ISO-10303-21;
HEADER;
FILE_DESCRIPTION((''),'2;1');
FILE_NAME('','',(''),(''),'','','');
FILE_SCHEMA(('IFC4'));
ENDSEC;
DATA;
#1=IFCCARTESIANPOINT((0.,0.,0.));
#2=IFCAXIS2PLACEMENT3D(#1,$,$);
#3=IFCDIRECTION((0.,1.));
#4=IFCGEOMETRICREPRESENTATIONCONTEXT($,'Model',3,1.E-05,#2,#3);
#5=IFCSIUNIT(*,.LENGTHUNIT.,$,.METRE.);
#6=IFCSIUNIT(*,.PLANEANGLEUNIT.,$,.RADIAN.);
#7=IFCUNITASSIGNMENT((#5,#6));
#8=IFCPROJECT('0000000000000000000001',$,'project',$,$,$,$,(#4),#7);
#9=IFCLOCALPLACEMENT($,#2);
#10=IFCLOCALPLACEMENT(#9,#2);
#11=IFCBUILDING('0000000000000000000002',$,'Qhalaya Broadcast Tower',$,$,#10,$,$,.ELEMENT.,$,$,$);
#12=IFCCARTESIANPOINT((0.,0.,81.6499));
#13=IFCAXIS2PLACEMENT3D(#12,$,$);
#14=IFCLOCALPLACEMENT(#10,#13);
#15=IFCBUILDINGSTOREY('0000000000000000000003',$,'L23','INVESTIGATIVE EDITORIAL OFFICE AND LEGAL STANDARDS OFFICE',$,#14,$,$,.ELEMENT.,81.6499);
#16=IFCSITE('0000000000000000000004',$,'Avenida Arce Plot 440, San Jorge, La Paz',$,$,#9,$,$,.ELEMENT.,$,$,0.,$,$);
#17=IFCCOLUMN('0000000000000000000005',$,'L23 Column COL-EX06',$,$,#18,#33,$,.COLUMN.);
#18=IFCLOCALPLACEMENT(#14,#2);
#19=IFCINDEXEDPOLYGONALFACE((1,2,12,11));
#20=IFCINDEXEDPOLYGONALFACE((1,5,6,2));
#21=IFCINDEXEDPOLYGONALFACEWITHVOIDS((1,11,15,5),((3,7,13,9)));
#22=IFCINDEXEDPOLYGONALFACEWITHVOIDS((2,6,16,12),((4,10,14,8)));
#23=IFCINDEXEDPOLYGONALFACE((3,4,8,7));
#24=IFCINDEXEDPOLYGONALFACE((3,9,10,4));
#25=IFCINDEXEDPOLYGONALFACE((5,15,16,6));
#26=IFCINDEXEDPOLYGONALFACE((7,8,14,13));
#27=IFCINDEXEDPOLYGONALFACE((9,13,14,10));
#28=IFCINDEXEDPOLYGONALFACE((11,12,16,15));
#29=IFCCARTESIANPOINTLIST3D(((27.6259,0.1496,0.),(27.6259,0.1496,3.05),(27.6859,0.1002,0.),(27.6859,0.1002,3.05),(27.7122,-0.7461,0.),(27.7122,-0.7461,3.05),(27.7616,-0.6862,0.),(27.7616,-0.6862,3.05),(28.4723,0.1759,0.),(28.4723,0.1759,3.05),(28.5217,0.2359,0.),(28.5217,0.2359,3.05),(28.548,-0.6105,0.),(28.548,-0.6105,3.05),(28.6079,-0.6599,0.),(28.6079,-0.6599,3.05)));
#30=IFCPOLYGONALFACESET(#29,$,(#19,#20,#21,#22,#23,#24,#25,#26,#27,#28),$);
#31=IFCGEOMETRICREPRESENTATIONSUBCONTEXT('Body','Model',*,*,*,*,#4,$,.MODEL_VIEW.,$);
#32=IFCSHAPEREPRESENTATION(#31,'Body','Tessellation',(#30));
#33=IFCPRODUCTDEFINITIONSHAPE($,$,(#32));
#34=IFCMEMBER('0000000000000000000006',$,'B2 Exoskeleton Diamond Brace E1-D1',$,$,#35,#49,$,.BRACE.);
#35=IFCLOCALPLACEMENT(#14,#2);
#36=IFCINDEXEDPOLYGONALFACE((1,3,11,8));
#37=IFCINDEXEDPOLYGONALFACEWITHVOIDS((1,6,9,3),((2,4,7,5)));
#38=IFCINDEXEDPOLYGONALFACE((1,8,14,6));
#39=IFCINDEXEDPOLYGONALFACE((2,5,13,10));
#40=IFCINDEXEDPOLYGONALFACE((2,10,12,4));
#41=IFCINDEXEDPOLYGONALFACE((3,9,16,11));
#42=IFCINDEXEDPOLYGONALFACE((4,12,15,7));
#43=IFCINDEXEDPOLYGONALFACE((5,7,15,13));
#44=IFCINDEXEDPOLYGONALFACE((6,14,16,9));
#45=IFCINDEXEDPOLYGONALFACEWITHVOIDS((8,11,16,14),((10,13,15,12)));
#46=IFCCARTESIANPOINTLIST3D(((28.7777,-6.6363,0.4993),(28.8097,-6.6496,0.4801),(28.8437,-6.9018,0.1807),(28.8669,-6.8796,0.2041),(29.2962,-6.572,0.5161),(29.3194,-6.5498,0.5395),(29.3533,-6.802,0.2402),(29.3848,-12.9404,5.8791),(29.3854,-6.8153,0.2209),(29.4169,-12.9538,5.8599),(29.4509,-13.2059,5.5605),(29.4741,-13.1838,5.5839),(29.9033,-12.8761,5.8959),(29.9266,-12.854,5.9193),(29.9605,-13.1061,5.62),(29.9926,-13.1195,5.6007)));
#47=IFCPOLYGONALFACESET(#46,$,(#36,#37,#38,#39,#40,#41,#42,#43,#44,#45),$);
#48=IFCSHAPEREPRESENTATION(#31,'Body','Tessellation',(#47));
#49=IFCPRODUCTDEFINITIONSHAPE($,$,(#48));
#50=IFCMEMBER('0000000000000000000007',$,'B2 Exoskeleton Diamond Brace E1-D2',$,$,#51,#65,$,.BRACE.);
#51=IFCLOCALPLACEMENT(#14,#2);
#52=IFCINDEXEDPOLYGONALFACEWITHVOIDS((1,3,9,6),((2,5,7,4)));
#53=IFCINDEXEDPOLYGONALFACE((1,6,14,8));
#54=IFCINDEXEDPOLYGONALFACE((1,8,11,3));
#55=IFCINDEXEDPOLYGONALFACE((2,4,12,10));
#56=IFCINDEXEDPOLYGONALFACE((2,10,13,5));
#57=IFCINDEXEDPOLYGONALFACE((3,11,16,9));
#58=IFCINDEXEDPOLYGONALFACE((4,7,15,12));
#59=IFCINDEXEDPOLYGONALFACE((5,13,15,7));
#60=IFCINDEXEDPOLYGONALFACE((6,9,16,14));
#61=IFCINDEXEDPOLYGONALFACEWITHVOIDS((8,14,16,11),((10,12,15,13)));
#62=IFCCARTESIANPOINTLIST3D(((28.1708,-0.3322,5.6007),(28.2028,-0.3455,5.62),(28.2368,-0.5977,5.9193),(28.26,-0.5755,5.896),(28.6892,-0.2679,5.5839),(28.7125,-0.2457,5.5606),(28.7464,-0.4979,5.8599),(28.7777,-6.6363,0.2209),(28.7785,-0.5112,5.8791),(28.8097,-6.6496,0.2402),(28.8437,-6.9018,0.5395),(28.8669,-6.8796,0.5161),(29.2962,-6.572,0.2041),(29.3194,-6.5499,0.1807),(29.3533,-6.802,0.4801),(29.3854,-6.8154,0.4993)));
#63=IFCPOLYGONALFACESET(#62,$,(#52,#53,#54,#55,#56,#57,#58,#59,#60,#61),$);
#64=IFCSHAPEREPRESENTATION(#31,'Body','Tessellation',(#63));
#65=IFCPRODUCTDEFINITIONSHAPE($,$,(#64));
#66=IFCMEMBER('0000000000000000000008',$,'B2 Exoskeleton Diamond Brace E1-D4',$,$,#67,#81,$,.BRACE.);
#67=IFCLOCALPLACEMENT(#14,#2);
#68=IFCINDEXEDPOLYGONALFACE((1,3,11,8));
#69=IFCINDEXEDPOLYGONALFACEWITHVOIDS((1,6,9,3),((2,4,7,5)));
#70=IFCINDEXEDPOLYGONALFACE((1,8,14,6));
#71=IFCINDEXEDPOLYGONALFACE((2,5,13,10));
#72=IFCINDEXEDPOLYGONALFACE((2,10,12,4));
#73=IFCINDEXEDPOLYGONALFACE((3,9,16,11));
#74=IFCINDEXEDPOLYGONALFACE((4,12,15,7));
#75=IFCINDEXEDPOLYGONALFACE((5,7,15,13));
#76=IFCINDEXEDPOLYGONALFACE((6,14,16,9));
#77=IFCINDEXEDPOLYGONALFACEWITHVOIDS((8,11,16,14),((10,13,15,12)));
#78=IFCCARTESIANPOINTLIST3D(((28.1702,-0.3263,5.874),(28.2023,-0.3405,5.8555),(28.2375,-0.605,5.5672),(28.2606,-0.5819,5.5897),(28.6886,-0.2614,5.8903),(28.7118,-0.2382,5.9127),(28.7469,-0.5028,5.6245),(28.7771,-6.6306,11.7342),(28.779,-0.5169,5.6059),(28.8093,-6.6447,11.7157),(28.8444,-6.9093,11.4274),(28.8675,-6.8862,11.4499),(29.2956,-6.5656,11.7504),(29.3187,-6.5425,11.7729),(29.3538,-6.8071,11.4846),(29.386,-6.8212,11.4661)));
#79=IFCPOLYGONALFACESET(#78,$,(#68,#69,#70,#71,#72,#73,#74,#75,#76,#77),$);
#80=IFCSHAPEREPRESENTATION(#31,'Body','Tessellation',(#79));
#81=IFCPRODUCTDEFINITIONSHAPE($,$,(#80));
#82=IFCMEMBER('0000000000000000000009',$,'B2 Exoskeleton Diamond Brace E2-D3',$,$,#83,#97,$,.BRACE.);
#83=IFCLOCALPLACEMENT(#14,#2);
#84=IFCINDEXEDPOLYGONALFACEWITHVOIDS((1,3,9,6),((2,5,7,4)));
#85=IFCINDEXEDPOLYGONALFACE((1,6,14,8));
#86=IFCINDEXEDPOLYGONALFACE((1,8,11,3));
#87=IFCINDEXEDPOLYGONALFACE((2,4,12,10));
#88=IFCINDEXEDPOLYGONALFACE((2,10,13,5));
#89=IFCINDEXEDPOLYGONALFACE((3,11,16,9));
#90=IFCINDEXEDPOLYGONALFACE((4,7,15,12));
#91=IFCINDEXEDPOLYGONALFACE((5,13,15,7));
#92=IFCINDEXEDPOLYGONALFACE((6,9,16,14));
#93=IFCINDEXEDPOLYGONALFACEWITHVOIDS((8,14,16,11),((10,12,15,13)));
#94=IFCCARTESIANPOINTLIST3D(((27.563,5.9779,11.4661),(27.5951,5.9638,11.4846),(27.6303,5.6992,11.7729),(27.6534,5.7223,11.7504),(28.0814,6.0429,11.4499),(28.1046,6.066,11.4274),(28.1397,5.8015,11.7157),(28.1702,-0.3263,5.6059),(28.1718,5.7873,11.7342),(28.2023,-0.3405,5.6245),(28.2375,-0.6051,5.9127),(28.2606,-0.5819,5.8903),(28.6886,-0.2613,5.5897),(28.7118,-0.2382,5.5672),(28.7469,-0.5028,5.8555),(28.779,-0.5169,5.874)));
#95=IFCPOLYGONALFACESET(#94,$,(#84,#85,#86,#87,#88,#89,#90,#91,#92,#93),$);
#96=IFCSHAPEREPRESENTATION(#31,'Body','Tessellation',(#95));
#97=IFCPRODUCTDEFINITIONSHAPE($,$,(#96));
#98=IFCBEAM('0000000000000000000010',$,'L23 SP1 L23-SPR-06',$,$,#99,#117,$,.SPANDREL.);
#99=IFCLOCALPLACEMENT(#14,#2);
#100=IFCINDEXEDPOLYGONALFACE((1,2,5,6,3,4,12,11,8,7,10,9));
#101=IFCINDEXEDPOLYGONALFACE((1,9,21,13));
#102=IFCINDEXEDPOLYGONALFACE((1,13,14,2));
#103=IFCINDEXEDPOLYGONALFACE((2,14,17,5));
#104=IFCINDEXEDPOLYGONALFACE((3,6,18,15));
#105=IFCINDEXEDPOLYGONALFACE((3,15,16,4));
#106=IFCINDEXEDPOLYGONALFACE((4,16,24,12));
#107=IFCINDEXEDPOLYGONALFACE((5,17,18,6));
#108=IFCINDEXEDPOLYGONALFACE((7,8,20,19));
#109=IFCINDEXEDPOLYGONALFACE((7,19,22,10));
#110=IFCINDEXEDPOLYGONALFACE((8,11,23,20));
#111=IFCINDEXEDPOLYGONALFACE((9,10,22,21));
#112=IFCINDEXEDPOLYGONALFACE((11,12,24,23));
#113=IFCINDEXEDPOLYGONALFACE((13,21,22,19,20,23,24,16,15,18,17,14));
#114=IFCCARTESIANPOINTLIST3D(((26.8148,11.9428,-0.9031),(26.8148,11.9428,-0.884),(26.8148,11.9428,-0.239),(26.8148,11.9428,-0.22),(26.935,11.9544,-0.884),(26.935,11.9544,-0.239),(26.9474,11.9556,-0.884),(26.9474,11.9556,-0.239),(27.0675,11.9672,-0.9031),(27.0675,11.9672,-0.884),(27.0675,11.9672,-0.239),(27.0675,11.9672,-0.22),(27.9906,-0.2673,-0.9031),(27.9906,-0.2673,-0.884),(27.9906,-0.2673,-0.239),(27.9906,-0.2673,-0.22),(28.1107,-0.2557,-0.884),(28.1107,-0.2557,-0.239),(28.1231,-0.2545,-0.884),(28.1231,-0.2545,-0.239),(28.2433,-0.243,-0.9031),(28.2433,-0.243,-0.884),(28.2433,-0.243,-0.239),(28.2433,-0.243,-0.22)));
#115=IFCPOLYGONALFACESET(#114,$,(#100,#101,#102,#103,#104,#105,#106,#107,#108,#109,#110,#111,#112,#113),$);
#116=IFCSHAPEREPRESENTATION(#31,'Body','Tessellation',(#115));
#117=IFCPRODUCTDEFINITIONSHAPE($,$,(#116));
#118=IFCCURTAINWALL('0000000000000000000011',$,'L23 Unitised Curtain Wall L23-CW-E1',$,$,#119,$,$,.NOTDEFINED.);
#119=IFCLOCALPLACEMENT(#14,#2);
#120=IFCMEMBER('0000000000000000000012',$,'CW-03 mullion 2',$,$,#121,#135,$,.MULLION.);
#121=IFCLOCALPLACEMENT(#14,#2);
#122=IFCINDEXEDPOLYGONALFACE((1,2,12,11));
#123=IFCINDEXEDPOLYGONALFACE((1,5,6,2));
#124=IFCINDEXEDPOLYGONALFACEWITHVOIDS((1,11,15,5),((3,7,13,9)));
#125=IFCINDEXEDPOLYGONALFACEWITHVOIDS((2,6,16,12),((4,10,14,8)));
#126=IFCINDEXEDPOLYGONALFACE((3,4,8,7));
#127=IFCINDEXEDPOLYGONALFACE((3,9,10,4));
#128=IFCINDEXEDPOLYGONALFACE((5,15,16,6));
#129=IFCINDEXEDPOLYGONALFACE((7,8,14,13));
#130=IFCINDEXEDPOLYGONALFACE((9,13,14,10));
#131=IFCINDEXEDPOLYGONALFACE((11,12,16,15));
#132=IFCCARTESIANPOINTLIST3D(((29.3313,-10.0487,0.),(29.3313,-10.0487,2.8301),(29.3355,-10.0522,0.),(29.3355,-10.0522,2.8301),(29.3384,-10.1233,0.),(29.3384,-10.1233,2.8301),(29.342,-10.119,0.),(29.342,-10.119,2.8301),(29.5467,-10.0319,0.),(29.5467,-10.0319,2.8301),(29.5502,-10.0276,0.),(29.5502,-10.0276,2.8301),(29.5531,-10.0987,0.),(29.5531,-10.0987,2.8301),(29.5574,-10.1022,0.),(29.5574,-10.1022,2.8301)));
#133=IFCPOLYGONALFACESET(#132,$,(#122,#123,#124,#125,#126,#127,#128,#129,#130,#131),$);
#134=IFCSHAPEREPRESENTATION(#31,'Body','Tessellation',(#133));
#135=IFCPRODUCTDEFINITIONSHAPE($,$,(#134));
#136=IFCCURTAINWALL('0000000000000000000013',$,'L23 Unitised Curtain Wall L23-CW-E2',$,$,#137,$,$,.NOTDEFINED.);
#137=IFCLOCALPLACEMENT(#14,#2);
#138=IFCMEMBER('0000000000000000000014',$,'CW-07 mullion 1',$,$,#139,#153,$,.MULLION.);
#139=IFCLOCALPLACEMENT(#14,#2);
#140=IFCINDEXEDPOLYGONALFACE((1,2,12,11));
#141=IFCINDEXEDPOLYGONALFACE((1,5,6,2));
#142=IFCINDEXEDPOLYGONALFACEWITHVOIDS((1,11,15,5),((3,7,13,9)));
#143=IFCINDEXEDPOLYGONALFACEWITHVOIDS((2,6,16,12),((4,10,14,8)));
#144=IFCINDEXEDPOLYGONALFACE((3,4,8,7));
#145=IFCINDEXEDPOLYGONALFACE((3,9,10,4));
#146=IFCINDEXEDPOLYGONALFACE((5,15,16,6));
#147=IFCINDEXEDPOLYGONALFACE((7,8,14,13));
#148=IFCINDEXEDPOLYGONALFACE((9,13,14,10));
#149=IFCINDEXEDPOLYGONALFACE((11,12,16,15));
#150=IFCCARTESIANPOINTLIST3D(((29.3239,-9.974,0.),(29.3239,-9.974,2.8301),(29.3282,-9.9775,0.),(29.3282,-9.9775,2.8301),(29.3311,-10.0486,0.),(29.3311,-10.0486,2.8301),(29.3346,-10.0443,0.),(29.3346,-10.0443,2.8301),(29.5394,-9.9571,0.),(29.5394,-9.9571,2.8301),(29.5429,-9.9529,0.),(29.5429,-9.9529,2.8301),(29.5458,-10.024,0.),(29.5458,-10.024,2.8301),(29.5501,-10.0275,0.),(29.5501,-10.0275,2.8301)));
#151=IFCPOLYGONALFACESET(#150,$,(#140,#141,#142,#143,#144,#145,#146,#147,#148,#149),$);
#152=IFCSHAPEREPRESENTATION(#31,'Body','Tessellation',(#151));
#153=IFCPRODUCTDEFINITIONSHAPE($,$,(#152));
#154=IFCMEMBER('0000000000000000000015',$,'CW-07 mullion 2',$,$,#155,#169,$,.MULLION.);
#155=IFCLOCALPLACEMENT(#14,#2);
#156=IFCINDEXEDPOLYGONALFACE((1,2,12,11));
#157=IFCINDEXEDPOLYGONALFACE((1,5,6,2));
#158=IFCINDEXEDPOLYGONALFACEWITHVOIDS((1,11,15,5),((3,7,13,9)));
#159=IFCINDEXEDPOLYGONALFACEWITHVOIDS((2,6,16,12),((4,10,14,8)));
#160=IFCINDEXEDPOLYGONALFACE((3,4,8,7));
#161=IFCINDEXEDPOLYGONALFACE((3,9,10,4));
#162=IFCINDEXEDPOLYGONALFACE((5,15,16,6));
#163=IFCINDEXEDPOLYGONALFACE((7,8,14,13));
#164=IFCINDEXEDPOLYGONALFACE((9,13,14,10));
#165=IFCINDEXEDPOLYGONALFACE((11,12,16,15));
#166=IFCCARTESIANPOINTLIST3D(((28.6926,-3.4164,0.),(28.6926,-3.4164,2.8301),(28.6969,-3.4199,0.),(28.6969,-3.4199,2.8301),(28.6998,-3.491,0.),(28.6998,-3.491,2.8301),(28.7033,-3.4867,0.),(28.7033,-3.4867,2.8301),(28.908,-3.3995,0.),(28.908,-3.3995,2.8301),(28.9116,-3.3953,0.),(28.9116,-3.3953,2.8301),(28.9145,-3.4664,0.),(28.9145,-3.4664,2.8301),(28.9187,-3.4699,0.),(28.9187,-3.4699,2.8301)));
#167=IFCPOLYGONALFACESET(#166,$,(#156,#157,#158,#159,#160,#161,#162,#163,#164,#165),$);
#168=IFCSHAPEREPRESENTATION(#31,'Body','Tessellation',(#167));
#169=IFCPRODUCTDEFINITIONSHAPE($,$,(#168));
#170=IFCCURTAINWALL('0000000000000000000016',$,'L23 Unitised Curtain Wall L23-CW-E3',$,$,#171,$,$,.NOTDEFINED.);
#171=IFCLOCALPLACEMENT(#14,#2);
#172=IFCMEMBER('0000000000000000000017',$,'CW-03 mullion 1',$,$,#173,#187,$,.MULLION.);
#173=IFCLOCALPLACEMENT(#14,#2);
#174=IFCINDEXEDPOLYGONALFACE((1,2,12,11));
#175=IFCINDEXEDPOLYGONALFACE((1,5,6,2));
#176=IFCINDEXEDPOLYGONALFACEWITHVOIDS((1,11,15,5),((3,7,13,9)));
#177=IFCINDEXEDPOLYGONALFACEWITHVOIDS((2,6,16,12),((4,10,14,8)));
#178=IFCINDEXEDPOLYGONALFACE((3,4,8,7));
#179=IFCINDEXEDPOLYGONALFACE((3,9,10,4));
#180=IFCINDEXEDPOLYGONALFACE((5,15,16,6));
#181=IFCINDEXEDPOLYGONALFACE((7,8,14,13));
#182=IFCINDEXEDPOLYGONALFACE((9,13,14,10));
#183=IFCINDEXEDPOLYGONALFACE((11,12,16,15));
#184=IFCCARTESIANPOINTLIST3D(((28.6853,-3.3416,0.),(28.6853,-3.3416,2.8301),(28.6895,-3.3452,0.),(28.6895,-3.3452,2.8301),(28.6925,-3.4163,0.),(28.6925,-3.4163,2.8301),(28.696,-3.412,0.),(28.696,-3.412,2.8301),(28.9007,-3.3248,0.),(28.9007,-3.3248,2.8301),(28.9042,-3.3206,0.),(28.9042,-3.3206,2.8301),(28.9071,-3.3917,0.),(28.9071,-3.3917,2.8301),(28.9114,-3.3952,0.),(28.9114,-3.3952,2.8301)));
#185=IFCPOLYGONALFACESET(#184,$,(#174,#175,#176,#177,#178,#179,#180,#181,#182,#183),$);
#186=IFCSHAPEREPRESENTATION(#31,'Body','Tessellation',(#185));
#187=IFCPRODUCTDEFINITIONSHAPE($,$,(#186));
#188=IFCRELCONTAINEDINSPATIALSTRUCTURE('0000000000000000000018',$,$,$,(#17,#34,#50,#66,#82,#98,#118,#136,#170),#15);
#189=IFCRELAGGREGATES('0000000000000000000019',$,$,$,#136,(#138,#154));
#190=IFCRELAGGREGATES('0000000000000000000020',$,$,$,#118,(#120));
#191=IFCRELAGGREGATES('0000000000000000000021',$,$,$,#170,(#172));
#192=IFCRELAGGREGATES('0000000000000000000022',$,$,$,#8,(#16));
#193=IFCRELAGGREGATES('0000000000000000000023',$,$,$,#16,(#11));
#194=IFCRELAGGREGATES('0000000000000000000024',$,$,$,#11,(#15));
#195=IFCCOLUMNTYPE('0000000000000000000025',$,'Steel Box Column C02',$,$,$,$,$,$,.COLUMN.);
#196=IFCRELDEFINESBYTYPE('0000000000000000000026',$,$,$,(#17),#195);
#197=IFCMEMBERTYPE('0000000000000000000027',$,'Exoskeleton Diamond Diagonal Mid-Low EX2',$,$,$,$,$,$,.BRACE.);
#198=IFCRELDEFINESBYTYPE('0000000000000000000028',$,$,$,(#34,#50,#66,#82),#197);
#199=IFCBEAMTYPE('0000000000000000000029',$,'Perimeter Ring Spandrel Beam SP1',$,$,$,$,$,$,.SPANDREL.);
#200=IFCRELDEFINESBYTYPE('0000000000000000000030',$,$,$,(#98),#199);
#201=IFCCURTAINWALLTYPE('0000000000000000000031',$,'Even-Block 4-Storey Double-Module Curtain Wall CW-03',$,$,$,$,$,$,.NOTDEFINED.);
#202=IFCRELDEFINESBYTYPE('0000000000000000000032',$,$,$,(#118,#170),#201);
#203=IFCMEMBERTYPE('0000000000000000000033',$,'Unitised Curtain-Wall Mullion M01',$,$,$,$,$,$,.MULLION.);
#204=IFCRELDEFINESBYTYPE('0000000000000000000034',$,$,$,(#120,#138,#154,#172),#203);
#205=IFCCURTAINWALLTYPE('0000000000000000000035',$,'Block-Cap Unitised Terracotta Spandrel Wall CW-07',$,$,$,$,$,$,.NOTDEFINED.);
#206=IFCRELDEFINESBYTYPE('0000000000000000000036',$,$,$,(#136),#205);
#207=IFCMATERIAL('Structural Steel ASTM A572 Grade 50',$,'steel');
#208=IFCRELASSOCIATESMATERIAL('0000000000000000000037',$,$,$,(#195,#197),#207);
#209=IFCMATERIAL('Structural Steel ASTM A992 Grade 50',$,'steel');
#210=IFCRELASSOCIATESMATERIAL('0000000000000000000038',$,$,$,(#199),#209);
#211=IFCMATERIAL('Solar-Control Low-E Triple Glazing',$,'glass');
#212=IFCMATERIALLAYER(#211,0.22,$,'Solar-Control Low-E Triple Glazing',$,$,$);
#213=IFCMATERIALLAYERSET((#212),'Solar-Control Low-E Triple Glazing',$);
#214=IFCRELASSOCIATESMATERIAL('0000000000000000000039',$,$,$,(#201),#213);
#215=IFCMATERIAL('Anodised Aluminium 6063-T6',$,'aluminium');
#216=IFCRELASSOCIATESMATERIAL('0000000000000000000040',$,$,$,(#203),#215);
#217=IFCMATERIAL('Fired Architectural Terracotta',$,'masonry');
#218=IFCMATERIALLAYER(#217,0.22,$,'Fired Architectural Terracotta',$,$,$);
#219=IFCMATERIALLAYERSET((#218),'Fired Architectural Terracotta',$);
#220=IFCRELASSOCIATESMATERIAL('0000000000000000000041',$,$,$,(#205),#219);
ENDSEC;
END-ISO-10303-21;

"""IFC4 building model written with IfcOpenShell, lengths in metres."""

from ifc_helpers import new_model, si_unit, direction, frame, origin, origin_2d, place, context, subcontext, project, spatial, hollow_rectangle, i_section, extrude, material, layer, layer_set, material_profile, profile_set, type_object, element, aggregate, save


model = new_model("IFC4")

# Units and contexts
model_context = context("Model", 3, precision=1e-05, world=origin(), true_north=direction((0.0, 1.0)))
body_context = subcontext(model_context, "Body", "Model", "MODEL_VIEW")
ifc_project = project(units=[si_unit("LENGTHUNIT", "METRE"), si_unit("PLANEANGLEUNIT", "RADIAN")], contexts=[model_context])

# Site, building, storey
site_placement = place(None, origin())
site = spatial("IfcSite", under=ifc_project, at=site_placement, Name="Avenida Arce Plot 440, San Jorge, La Paz", CompositionType="ELEMENT", RefElevation=0.0)
building_placement = place(site_placement, origin())
building = spatial("IfcBuilding", under=site, at=building_placement, Name="Qhalaya Broadcast Tower", CompositionType="ELEMENT")
storey_placement = place(building_placement, frame((0.0, 0.0, 81.6499)))
storey = spatial("IfcBuildingStorey", under=building, at=storey_placement, Name="L23", Description="INVESTIGATIVE EDITORIAL OFFICE AND LEGAL STANDARDS OFFICE", CompositionType="ELEMENT", Elevation=81.6499)

# Column
ifc_material_1 = material(Name="Structural Steel ASTM A572 Grade 50", Category="steel")
ifc_material_profile_1 = material_profile(ifc_material_1, hollow_rectangle(XDim=0.8999, YDim=0.8999, WallThickness=0.0549, at=origin_2d()), Name="BOX 900x900x55")
ifc_profile_set_1 = profile_set([ifc_material_profile_1], Name="Structural Steel ASTM A572 Grade 50")
column_type = type_object("IfcColumnType", Name="Steel Box Column C02", PredefinedType="COLUMN", material=ifc_profile_set_1)
column_placement = place(storey_placement, frame((28.1169, -0.2551, 0.0), z_axis=(0.0, 0.0, 1.0), x_axis=(-0.095846, 0.995396, 0.0)))
element("IfcColumn", 1, at=column_placement, inside=storey, type_object=column_type, Name="L23 Column COL-EX06", PredefinedType="COLUMN", context=body_context, shape_type="SweptSolid", body=[
    extrude(hollow_rectangle(XDim=0.8999, YDim=0.8999, WallThickness=0.0549, at=origin_2d()), origin(), (0.0, 0.0, 1.0), 3.05),
])

# Members
ifc_material_profile_2 = material_profile(ifc_material_1, hollow_rectangle(XDim=0.4199, YDim=0.55, WallThickness=0.0281, at=origin_2d()), Name="BOX 420x550x28")
ifc_profile_set_2 = profile_set([ifc_material_profile_2], Name="Structural Steel ASTM A572 Grade 50")
member_type_1 = type_object("IfcMemberType", Name="Exoskeleton Diamond Diagonal Mid-Low EX2", PredefinedType="BRACE", material=ifc_profile_set_2)
for number, where, z_axis, x_axis, name in (
    (2, (29.0815, -6.7258, 0.3601), (0.073067, -0.758636, 0.647405), (-0.157185, 0.632268, 0.758637), "B2 Exoskeleton Diamond Brace E1-D1"),
    (3, (29.0815, -6.7258, 0.3601), (-0.073037, 0.758637, 0.647406), (0.157161, -0.632275, 0.758636), "B2 Exoskeleton Diamond Brace E1-D2"),
):
    element("IfcMember", number, at=place(storey_placement, frame(where, z_axis=z_axis, x_axis=x_axis)), inside=storey, type_object=member_type_1, Name=name, PredefinedType="BRACE", context=body_context, shape_type="SweptSolid", body=[
        extrude(hollow_rectangle(XDim=0.4199, YDim=0.55, WallThickness=0.0281, at=origin_2d()), origin(), (0.0, 0.0, 1.0), 8.3098),
    ])
for number, where, z_axis, x_axis, name in (
    (4, (28.4746, -0.4216, 5.74), (0.07034, -0.73062, 0.679152), (-0.160189, 0.663729, 0.730619), "B2 Exoskeleton Diamond Brace E1-D4"),
    (5, (28.4746, -0.4216, 5.74), (-0.070368, 0.730618, 0.679151), (0.160214, -0.663721, 0.73062), "B2 Exoskeleton Diamond Brace E2-D3"),
):
    element("IfcMember", number, at=place(storey_placement, frame(where, z_axis=z_axis, x_axis=x_axis)), inside=storey, type_object=member_type_1, Name=name, PredefinedType="BRACE", context=body_context, shape_type="SweptSolid", body=[
        extrude(hollow_rectangle(XDim=0.4199, YDim=0.55, WallThickness=0.0281, at=origin_2d()), origin(), (0.0, 0.0, 1.0), 8.6287),
    ])

# Beam
ifc_material_2 = material(Name="Structural Steel ASTM A992 Grade 50", Category="steel")
ifc_material_profile_3 = material_profile(ifc_material_2, i_section(OverallWidth=0.2539, OverallDepth=0.6831, WebThickness=0.0125, FlangeThickness=0.019, at=origin_2d()), Name="W27X94")
ifc_profile_set_3 = profile_set([ifc_material_profile_3], Name="Structural Steel ASTM A992 Grade 50")
beam_type = type_object("IfcBeamType", Name="Perimeter Ring Spandrel Beam SP1", PredefinedType="SPANDREL", material=ifc_profile_set_3)
beam_placement = place(storey_placement, frame((28.1169, -0.2551, -0.5615), z_axis=(-0.095852, 0.995396, 0.0), x_axis=(-0.995396, -0.095852, 0.0)))
element("IfcBeam", 6, at=beam_placement, inside=storey, type_object=beam_type, Name="L23 SP1 L23-SPR-06", PredefinedType="SPANDREL", context=body_context, shape_type="SweptSolid", body=[
    extrude(i_section(OverallWidth=0.2539, OverallDepth=0.6831, WebThickness=0.0125, FlangeThickness=0.019, at=origin_2d()), origin(), (0.0, 0.0, 1.0), 12.2666),
])

# Curtain wall, member
ifc_material_3 = material(Name="Solar-Control Low-E Triple Glazing", Category="glass")
ifc_layer_1 = layer(ifc_material_3, 0.22, Name="Solar-Control Low-E Triple Glazing")
ifc_layer_set_1 = layer_set([ifc_layer_1], Name="Solar-Control Low-E Triple Glazing")
curtain_wall_type_1 = type_object("IfcCurtainWallType", Name="Even-Block 4-Storey Double-Module Curtain Wall CW-03", PredefinedType="NOTDEFINED", material=ifc_layer_set_1)
curtain_wall_1_placement = place(storey_placement, origin())
curtain_wall_1 = element("IfcCurtainWall", 7, at=curtain_wall_1_placement, inside=storey, type_object=curtain_wall_type_1, Name="L23 Unitised Curtain Wall L23-CW-E1", PredefinedType="NOTDEFINED")
ifc_material_4 = material(Name="Anodised Aluminium 6063-T6", Category="aluminium")
ifc_material_profile_4 = material_profile(ifc_material_4, hollow_rectangle(XDim=0.075, YDim=0.22, WallThickness=0.0039, at=origin_2d()), Name="ALU-MUL 75x220x4")
ifc_profile_set_4 = profile_set([ifc_material_profile_4], Name="Anodised Aluminium 6063-T6")
member_type_2 = type_object("IfcMemberType", Name="Unitised Curtain-Wall Mullion M01", PredefinedType="MULLION", material=ifc_profile_set_4)
member_1_placement = place(storey_placement, frame((29.4443, -10.0754, 0.0), z_axis=(0.0, 0.0, 1.0), x_axis=(-0.095835, 0.995397, 0.0)))
member_1 = element("IfcMember", 8, at=member_1_placement, type_object=member_type_2, Name="CW-03 mullion 2", PredefinedType="MULLION", context=body_context, shape_type="SweptSolid", body=[
    extrude(hollow_rectangle(XDim=0.075, YDim=0.22, WallThickness=0.0039, at=origin_2d()), origin(), (0.0, 0.0, 1.0), 2.8301),
])

# Curtain walls, members
ifc_material_5 = material(Name="Fired Architectural Terracotta", Category="masonry")
ifc_layer_2 = layer(ifc_material_5, 0.22, Name="Fired Architectural Terracotta")
ifc_layer_set_2 = layer_set([ifc_layer_2], Name="Fired Architectural Terracotta")
curtain_wall_type_2 = type_object("IfcCurtainWallType", Name="Block-Cap Unitised Terracotta Spandrel Wall CW-07", PredefinedType="NOTDEFINED", material=ifc_layer_set_2)
curtain_wall_2_placement = place(storey_placement, origin())
curtain_wall_2 = element("IfcCurtainWall", 9, at=curtain_wall_2_placement, inside=storey, type_object=curtain_wall_type_2, Name="L23 Unitised Curtain Wall L23-CW-E2", PredefinedType="NOTDEFINED")
member_2_placement = place(storey_placement, frame((29.437, -10.0007, 0.0), z_axis=(0.0, 0.0, 1.0), x_axis=(-0.095857, 0.995395, 0.0)))
member_2 = element("IfcMember", 10, at=member_2_placement, type_object=member_type_2, Name="CW-07 mullion 1", PredefinedType="MULLION", context=body_context, shape_type="SweptSolid", body=[
    extrude(hollow_rectangle(XDim=0.075, YDim=0.22, WallThickness=0.0039, at=origin_2d()), origin(), (0.0, 0.0, 1.0), 2.8301),
])
member_3_placement = place(storey_placement, frame((28.8057, -3.4431, 0.0), z_axis=(0.0, 0.0, 1.0), x_axis=(-0.095857, 0.995395, 0.0)))
member_3 = element("IfcMember", 11, at=member_3_placement, type_object=member_type_2, Name="CW-07 mullion 2", PredefinedType="MULLION", context=body_context, shape_type="SweptSolid", body=[
    extrude(hollow_rectangle(XDim=0.075, YDim=0.22, WallThickness=0.0039, at=origin_2d()), origin(), (0.0, 0.0, 1.0), 2.8301),
])
curtain_wall_3_placement = place(storey_placement, origin())
curtain_wall_3 = element("IfcCurtainWall", 12, at=curtain_wall_3_placement, inside=storey, type_object=curtain_wall_type_1, Name="L23 Unitised Curtain Wall L23-CW-E3", PredefinedType="NOTDEFINED")
member_4_placement = place(storey_placement, frame((28.7983, -3.3684, 0.0), z_axis=(0.0, 0.0, 1.0), x_axis=(-0.095837, 0.995397, 0.0)))
member_4 = element("IfcMember", 13, at=member_4_placement, type_object=member_type_2, Name="CW-03 mullion 1", PredefinedType="MULLION", context=body_context, shape_type="SweptSolid", body=[
    extrude(hollow_rectangle(XDim=0.075, YDim=0.22, WallThickness=0.0039, at=origin_2d()), origin(), (0.0, 0.0, 1.0), 2.8301),
])

aggregate(curtain_wall_2, [member_2, member_3])
aggregate(curtain_wall_1, [member_1])
aggregate(curtain_wall_3, [member_4])

save(model, "model.ifc")
